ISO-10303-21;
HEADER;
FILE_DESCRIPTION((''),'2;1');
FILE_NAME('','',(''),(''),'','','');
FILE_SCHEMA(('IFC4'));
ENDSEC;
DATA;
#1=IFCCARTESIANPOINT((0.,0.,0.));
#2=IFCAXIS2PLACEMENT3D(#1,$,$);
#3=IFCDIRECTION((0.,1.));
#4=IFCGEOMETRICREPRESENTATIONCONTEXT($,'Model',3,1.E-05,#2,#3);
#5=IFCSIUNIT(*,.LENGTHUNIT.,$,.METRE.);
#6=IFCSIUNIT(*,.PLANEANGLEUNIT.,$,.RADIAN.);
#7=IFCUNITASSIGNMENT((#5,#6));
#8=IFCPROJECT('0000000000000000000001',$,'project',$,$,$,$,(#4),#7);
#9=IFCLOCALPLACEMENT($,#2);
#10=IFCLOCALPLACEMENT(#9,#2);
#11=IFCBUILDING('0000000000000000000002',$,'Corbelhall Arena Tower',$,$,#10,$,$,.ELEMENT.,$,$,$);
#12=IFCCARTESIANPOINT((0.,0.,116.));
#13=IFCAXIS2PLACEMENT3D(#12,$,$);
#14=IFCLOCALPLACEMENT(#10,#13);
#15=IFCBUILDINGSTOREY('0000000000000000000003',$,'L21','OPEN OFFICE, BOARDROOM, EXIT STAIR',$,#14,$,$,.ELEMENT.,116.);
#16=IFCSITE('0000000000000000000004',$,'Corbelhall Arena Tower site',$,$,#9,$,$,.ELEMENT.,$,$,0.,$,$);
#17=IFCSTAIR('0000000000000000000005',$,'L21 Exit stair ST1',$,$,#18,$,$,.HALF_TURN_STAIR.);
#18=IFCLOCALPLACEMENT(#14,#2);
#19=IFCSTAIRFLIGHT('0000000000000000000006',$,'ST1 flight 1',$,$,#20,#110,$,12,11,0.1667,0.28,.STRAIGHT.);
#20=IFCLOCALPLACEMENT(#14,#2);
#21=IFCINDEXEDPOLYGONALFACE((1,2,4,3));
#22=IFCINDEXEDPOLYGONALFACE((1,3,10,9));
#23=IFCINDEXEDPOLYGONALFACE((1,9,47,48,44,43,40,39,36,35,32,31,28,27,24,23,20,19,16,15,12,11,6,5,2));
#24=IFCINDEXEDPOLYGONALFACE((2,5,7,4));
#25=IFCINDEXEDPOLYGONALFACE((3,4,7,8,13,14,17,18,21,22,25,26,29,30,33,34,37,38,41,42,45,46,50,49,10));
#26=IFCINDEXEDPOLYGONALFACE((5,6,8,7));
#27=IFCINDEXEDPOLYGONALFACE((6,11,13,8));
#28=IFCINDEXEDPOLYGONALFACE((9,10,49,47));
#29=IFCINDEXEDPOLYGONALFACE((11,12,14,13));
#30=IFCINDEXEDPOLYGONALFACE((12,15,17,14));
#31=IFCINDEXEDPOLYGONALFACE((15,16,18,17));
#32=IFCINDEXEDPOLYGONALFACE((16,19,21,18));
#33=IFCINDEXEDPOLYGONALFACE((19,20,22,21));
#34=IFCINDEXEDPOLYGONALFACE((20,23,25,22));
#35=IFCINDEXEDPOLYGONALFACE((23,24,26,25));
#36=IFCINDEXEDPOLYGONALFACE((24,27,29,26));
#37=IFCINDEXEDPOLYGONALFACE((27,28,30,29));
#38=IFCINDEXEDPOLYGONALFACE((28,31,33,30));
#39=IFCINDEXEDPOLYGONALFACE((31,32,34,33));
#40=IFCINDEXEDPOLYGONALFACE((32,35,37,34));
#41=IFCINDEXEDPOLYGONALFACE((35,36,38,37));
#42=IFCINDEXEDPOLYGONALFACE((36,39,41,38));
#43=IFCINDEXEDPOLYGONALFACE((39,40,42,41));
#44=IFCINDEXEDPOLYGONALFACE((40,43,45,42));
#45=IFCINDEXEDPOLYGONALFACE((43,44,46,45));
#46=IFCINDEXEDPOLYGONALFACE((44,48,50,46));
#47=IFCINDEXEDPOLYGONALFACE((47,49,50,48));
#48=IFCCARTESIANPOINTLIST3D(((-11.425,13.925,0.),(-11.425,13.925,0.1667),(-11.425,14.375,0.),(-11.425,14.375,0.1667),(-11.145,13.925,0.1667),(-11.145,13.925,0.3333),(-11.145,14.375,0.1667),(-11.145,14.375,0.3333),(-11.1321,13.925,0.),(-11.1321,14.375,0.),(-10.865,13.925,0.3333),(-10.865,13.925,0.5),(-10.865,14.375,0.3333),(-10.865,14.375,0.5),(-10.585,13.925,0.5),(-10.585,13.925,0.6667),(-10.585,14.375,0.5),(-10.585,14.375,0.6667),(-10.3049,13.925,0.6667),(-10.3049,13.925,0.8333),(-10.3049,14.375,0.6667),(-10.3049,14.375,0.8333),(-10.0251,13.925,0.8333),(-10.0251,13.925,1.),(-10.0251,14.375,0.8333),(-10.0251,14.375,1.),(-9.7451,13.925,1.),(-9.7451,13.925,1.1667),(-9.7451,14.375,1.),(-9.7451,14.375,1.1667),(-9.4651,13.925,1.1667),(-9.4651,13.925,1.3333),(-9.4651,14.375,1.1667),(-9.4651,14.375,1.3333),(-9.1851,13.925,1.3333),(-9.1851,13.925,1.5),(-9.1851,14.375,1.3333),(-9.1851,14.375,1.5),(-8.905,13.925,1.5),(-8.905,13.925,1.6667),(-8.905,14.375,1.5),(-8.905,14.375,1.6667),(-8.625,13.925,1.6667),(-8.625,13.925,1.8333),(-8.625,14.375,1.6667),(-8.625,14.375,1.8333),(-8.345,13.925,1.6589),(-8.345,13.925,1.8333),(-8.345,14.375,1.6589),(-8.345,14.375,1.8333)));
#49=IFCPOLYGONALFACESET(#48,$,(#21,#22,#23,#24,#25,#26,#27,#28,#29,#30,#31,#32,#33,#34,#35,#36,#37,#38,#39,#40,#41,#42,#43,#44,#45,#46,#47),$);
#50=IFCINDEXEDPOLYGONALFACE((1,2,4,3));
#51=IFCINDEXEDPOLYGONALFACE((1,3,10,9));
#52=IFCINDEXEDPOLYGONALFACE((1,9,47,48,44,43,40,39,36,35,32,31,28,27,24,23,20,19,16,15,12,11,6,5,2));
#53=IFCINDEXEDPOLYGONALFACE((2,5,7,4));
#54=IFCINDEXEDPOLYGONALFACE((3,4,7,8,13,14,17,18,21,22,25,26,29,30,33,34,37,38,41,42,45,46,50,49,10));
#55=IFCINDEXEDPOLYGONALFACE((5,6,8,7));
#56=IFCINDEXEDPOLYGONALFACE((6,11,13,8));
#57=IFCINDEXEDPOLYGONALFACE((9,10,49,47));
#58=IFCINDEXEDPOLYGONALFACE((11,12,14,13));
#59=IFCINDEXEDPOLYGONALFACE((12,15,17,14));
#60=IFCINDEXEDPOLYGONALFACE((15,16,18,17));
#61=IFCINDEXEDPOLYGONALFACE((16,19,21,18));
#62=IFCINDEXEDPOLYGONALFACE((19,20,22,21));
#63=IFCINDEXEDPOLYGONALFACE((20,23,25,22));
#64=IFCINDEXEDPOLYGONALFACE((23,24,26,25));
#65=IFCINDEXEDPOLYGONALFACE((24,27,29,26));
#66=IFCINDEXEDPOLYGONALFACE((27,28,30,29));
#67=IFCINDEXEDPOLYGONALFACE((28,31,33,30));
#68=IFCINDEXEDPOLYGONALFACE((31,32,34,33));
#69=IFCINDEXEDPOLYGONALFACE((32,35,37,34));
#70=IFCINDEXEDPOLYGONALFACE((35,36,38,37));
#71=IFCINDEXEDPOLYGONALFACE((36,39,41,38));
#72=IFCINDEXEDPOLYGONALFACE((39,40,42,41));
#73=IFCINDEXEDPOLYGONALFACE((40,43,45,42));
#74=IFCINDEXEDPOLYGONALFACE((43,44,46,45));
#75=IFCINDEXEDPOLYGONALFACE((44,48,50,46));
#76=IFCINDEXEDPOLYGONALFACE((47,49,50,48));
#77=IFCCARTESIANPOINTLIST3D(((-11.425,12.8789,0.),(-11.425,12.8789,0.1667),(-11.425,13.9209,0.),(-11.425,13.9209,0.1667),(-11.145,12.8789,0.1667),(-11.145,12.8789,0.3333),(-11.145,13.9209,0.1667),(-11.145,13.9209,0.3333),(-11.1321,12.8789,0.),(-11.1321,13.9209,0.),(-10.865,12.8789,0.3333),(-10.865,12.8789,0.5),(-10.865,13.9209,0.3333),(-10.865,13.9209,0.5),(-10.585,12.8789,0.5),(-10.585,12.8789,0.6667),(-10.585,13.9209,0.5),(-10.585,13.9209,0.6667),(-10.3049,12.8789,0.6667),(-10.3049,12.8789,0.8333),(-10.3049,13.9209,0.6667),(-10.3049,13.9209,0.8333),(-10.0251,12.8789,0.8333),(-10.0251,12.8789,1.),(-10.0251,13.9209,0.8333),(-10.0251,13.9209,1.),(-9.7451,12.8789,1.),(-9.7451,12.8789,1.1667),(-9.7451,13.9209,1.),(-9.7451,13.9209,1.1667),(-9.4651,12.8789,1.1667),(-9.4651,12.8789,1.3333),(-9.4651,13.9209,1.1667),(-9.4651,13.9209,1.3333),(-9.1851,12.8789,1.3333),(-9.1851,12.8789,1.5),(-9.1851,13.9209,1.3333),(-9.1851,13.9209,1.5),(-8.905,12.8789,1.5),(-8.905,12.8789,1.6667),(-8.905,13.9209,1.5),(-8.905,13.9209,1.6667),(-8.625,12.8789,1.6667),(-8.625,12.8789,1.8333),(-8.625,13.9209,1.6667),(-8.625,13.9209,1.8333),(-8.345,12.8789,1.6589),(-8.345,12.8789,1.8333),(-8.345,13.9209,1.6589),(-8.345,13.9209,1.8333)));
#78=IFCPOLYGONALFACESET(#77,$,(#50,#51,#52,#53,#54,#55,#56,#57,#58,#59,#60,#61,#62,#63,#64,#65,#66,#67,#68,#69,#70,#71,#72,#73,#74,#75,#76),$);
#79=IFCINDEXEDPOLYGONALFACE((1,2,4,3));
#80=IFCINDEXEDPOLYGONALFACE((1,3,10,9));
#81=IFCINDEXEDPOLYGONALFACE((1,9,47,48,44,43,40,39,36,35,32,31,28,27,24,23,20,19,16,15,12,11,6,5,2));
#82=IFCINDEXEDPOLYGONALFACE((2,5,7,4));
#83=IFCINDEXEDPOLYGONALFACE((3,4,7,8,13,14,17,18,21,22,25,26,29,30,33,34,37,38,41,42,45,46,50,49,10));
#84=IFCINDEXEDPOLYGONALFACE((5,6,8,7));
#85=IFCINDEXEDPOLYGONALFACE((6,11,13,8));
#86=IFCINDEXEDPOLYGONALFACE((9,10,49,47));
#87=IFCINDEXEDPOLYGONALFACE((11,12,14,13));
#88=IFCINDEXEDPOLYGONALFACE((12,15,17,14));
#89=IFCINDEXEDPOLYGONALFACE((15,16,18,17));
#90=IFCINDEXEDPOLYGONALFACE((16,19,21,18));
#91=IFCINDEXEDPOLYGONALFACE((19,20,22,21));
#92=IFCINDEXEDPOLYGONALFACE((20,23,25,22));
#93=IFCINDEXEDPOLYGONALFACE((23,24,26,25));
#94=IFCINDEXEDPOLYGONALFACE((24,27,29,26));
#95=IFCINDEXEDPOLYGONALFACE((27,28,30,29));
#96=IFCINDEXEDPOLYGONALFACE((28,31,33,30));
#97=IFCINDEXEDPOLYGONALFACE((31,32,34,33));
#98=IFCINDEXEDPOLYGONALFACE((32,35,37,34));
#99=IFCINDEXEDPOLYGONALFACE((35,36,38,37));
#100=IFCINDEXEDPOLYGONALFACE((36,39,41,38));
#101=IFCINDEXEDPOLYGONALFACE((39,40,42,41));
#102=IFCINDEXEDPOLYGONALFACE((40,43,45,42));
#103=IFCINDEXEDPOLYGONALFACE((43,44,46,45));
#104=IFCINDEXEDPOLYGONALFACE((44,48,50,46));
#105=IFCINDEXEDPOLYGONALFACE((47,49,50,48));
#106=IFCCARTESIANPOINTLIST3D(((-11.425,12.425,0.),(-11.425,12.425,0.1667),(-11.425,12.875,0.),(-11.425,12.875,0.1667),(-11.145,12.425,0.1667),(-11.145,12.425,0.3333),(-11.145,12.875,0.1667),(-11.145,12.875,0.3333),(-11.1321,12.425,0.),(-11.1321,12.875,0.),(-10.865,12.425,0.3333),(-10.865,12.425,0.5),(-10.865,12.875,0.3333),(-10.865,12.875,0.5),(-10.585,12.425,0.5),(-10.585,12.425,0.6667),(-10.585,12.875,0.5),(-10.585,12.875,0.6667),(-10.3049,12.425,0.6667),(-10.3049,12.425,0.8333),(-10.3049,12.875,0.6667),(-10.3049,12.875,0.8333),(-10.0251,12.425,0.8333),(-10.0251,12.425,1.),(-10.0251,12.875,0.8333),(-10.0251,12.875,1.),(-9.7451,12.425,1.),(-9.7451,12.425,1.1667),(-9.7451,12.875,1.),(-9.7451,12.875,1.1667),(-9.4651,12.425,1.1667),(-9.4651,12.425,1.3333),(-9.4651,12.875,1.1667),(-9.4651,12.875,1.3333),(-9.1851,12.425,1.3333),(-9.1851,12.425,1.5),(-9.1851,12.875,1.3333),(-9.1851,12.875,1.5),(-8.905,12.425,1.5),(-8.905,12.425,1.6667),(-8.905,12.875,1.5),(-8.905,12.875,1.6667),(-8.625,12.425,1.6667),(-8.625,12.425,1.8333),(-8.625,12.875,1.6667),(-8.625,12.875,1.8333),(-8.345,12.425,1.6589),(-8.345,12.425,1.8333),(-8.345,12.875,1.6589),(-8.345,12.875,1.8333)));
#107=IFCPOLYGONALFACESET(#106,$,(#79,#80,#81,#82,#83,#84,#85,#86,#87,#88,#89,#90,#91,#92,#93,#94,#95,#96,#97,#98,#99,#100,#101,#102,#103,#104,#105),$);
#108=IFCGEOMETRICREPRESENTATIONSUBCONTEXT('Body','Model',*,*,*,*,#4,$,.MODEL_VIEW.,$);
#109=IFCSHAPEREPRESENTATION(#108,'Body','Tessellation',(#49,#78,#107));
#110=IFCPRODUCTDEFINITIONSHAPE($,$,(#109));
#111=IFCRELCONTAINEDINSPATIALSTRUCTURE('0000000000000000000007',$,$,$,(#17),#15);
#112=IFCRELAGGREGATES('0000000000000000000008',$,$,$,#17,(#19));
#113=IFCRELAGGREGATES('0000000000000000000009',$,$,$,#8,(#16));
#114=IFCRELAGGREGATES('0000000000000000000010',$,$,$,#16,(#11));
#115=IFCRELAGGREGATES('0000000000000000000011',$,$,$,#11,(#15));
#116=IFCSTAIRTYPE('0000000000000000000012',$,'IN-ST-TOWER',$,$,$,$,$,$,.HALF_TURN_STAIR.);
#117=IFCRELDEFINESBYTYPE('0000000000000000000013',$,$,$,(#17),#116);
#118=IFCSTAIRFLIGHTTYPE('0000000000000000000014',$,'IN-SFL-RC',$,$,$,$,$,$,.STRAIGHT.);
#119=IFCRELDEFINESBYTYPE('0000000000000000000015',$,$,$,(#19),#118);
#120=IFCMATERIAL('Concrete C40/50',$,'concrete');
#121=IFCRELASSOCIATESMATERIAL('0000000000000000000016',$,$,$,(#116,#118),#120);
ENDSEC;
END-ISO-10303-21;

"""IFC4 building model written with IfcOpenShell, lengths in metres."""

from ifc_helpers import new_model, si_unit, direction, frame, origin, place, context, subcontext, project, spatial, polyline, outline, extrude, material, type_object, element, aggregate, save


model = new_model("IFC4")

# Units and contexts
model_context = context("Model", 3, precision=1e-05, world=origin(), true_north=direction((0.0, 1.0)))
body_context = subcontext(model_context, "Body", "Model", "MODEL_VIEW")
ifc_project = project(units=[si_unit("LENGTHUNIT", "METRE"), si_unit("PLANEANGLEUNIT", "RADIAN")], contexts=[model_context])

# Site, building, storey
site_placement = place(None, origin())
site = spatial("IfcSite", under=ifc_project, at=site_placement, Name="Corbelhall Arena Tower site", CompositionType="ELEMENT", RefElevation=0.0)
building_placement = place(site_placement, origin())
building = spatial("IfcBuilding", under=site, at=building_placement, Name="Corbelhall Arena Tower", CompositionType="ELEMENT")
storey_placement = place(building_placement, frame((0.0, 0.0, 116.0)))
storey = spatial("IfcBuildingStorey", under=building, at=storey_placement, Name="L21", Description="OPEN OFFICE, BOARDROOM, EXIT STAIR", CompositionType="ELEMENT", Elevation=116.0)

# Shared definitions
ifc_material_1 = material(Name="Concrete C40/50", Category="concrete")

# Stair, stair flight
stair_type = type_object("IfcStairType", Name="IN-ST-TOWER", PredefinedType="HALF_TURN_STAIR", material=ifc_material_1)
stair_placement = place(storey_placement, origin())
stair = element("IfcStair", 1, at=stair_placement, inside=storey, type_object=stair_type, Name="L21 Exit stair ST1", PredefinedType="HALF_TURN_STAIR")
stair_flight_type = type_object("IfcStairFlightType", Name="IN-SFL-RC", PredefinedType="STRAIGHT", material=ifc_material_1)
stair_flight_placement = place(storey_placement, frame((-11.425, 13.3999, 0.0), z_axis=(0.0, 0.0, 1.0), x_axis=(1.0, 0.0, 0.0)))
stair_flight = element("IfcStairFlight", 2, at=stair_flight_placement, type_object=stair_flight_type, Name="ST1 flight 1", NumberOfRisers=12, NumberOfTreads=11, PredefinedType="STRAIGHT", RiserHeight=0.1667, TreadLength=0.28, context=body_context, shape_type="SweptSolid", body=[
    extrude(outline(polyline([(0.0, 0.0), (0.0, 0.1667), (0.28, 0.1667), (0.28, 0.3333), (0.5601, 0.3333), (0.5601, 0.5), (0.8401, 0.5), (0.8401, 0.6667), (1.1201, 0.6667), (1.1201, 0.8333), (1.3999, 0.8333), (1.3999, 1.0), (1.6799, 1.0), (1.6799, 1.1667), (1.96, 1.1667), (1.96, 1.3333), (2.24, 1.3333), (2.24, 1.5), (2.52, 1.5), (2.52, 1.6667), (2.8, 1.6667), (2.8, 1.8333), (3.0801, 1.8333), (3.0801, 2.0), (3.0801, 1.6589), (0.293, 0.0), (0.0, 0.0)])), frame((0.0, 0.9751, 0.0), z_axis=(0.0, -1.0, 0.0), x_axis=(1.0, 0.0, 0.0)), (0.0, 0.0, 1.0), 0.45),
    extrude(outline(polyline([(0.0, 0.0), (0.0, 0.1667), (0.28, 0.1667), (0.28, 0.3333), (0.5601, 0.3333), (0.5601, 0.5), (0.8401, 0.5), (0.8401, 0.6667), (1.1201, 0.6667), (1.1201, 0.8333), (1.3999, 0.8333), (1.3999, 1.0), (1.6799, 1.0), (1.6799, 1.1667), (1.96, 1.1667), (1.96, 1.3333), (2.24, 1.3333), (2.24, 1.5), (2.52, 1.5), (2.52, 1.6667), (2.8, 1.6667), (2.8, 1.8333), (3.0801, 1.8333), (3.0801, 2.0), (3.0801, 1.6589), (0.293, 0.0), (0.0, 0.0)])), frame((0.0, 0.521, 0.0), z_axis=(0.0, -1.0, 0.0), x_axis=(1.0, 0.0, 0.0)), (0.0, 0.0, 1.0), 1.042),
    extrude(outline(polyline([(0.0, 0.0), (0.0, 0.1667), (0.28, 0.1667), (0.28, 0.3333), (0.5601, 0.3333), (0.5601, 0.5), (0.8401, 0.5), (0.8401, 0.6667), (1.1201, 0.6667), (1.1201, 0.8333), (1.3999, 0.8333), (1.3999, 1.0), (1.6799, 1.0), (1.6799, 1.1667), (1.96, 1.1667), (1.96, 1.3333), (2.24, 1.3333), (2.24, 1.5), (2.52, 1.5), (2.52, 1.6667), (2.8, 1.6667), (2.8, 1.8333), (3.0801, 1.8333), (3.0801, 2.0), (3.0801, 1.6589), (0.293, 0.0), (0.0, 0.0)])), frame((0.0, -0.5249, 0.0), z_axis=(0.0, -1.0, 0.0), x_axis=(1.0, 0.0, 0.0)), (0.0, 0.0, 1.0), 0.45),
])
aggregate(stair, [stair_flight])

save(model, "model.ifc")
